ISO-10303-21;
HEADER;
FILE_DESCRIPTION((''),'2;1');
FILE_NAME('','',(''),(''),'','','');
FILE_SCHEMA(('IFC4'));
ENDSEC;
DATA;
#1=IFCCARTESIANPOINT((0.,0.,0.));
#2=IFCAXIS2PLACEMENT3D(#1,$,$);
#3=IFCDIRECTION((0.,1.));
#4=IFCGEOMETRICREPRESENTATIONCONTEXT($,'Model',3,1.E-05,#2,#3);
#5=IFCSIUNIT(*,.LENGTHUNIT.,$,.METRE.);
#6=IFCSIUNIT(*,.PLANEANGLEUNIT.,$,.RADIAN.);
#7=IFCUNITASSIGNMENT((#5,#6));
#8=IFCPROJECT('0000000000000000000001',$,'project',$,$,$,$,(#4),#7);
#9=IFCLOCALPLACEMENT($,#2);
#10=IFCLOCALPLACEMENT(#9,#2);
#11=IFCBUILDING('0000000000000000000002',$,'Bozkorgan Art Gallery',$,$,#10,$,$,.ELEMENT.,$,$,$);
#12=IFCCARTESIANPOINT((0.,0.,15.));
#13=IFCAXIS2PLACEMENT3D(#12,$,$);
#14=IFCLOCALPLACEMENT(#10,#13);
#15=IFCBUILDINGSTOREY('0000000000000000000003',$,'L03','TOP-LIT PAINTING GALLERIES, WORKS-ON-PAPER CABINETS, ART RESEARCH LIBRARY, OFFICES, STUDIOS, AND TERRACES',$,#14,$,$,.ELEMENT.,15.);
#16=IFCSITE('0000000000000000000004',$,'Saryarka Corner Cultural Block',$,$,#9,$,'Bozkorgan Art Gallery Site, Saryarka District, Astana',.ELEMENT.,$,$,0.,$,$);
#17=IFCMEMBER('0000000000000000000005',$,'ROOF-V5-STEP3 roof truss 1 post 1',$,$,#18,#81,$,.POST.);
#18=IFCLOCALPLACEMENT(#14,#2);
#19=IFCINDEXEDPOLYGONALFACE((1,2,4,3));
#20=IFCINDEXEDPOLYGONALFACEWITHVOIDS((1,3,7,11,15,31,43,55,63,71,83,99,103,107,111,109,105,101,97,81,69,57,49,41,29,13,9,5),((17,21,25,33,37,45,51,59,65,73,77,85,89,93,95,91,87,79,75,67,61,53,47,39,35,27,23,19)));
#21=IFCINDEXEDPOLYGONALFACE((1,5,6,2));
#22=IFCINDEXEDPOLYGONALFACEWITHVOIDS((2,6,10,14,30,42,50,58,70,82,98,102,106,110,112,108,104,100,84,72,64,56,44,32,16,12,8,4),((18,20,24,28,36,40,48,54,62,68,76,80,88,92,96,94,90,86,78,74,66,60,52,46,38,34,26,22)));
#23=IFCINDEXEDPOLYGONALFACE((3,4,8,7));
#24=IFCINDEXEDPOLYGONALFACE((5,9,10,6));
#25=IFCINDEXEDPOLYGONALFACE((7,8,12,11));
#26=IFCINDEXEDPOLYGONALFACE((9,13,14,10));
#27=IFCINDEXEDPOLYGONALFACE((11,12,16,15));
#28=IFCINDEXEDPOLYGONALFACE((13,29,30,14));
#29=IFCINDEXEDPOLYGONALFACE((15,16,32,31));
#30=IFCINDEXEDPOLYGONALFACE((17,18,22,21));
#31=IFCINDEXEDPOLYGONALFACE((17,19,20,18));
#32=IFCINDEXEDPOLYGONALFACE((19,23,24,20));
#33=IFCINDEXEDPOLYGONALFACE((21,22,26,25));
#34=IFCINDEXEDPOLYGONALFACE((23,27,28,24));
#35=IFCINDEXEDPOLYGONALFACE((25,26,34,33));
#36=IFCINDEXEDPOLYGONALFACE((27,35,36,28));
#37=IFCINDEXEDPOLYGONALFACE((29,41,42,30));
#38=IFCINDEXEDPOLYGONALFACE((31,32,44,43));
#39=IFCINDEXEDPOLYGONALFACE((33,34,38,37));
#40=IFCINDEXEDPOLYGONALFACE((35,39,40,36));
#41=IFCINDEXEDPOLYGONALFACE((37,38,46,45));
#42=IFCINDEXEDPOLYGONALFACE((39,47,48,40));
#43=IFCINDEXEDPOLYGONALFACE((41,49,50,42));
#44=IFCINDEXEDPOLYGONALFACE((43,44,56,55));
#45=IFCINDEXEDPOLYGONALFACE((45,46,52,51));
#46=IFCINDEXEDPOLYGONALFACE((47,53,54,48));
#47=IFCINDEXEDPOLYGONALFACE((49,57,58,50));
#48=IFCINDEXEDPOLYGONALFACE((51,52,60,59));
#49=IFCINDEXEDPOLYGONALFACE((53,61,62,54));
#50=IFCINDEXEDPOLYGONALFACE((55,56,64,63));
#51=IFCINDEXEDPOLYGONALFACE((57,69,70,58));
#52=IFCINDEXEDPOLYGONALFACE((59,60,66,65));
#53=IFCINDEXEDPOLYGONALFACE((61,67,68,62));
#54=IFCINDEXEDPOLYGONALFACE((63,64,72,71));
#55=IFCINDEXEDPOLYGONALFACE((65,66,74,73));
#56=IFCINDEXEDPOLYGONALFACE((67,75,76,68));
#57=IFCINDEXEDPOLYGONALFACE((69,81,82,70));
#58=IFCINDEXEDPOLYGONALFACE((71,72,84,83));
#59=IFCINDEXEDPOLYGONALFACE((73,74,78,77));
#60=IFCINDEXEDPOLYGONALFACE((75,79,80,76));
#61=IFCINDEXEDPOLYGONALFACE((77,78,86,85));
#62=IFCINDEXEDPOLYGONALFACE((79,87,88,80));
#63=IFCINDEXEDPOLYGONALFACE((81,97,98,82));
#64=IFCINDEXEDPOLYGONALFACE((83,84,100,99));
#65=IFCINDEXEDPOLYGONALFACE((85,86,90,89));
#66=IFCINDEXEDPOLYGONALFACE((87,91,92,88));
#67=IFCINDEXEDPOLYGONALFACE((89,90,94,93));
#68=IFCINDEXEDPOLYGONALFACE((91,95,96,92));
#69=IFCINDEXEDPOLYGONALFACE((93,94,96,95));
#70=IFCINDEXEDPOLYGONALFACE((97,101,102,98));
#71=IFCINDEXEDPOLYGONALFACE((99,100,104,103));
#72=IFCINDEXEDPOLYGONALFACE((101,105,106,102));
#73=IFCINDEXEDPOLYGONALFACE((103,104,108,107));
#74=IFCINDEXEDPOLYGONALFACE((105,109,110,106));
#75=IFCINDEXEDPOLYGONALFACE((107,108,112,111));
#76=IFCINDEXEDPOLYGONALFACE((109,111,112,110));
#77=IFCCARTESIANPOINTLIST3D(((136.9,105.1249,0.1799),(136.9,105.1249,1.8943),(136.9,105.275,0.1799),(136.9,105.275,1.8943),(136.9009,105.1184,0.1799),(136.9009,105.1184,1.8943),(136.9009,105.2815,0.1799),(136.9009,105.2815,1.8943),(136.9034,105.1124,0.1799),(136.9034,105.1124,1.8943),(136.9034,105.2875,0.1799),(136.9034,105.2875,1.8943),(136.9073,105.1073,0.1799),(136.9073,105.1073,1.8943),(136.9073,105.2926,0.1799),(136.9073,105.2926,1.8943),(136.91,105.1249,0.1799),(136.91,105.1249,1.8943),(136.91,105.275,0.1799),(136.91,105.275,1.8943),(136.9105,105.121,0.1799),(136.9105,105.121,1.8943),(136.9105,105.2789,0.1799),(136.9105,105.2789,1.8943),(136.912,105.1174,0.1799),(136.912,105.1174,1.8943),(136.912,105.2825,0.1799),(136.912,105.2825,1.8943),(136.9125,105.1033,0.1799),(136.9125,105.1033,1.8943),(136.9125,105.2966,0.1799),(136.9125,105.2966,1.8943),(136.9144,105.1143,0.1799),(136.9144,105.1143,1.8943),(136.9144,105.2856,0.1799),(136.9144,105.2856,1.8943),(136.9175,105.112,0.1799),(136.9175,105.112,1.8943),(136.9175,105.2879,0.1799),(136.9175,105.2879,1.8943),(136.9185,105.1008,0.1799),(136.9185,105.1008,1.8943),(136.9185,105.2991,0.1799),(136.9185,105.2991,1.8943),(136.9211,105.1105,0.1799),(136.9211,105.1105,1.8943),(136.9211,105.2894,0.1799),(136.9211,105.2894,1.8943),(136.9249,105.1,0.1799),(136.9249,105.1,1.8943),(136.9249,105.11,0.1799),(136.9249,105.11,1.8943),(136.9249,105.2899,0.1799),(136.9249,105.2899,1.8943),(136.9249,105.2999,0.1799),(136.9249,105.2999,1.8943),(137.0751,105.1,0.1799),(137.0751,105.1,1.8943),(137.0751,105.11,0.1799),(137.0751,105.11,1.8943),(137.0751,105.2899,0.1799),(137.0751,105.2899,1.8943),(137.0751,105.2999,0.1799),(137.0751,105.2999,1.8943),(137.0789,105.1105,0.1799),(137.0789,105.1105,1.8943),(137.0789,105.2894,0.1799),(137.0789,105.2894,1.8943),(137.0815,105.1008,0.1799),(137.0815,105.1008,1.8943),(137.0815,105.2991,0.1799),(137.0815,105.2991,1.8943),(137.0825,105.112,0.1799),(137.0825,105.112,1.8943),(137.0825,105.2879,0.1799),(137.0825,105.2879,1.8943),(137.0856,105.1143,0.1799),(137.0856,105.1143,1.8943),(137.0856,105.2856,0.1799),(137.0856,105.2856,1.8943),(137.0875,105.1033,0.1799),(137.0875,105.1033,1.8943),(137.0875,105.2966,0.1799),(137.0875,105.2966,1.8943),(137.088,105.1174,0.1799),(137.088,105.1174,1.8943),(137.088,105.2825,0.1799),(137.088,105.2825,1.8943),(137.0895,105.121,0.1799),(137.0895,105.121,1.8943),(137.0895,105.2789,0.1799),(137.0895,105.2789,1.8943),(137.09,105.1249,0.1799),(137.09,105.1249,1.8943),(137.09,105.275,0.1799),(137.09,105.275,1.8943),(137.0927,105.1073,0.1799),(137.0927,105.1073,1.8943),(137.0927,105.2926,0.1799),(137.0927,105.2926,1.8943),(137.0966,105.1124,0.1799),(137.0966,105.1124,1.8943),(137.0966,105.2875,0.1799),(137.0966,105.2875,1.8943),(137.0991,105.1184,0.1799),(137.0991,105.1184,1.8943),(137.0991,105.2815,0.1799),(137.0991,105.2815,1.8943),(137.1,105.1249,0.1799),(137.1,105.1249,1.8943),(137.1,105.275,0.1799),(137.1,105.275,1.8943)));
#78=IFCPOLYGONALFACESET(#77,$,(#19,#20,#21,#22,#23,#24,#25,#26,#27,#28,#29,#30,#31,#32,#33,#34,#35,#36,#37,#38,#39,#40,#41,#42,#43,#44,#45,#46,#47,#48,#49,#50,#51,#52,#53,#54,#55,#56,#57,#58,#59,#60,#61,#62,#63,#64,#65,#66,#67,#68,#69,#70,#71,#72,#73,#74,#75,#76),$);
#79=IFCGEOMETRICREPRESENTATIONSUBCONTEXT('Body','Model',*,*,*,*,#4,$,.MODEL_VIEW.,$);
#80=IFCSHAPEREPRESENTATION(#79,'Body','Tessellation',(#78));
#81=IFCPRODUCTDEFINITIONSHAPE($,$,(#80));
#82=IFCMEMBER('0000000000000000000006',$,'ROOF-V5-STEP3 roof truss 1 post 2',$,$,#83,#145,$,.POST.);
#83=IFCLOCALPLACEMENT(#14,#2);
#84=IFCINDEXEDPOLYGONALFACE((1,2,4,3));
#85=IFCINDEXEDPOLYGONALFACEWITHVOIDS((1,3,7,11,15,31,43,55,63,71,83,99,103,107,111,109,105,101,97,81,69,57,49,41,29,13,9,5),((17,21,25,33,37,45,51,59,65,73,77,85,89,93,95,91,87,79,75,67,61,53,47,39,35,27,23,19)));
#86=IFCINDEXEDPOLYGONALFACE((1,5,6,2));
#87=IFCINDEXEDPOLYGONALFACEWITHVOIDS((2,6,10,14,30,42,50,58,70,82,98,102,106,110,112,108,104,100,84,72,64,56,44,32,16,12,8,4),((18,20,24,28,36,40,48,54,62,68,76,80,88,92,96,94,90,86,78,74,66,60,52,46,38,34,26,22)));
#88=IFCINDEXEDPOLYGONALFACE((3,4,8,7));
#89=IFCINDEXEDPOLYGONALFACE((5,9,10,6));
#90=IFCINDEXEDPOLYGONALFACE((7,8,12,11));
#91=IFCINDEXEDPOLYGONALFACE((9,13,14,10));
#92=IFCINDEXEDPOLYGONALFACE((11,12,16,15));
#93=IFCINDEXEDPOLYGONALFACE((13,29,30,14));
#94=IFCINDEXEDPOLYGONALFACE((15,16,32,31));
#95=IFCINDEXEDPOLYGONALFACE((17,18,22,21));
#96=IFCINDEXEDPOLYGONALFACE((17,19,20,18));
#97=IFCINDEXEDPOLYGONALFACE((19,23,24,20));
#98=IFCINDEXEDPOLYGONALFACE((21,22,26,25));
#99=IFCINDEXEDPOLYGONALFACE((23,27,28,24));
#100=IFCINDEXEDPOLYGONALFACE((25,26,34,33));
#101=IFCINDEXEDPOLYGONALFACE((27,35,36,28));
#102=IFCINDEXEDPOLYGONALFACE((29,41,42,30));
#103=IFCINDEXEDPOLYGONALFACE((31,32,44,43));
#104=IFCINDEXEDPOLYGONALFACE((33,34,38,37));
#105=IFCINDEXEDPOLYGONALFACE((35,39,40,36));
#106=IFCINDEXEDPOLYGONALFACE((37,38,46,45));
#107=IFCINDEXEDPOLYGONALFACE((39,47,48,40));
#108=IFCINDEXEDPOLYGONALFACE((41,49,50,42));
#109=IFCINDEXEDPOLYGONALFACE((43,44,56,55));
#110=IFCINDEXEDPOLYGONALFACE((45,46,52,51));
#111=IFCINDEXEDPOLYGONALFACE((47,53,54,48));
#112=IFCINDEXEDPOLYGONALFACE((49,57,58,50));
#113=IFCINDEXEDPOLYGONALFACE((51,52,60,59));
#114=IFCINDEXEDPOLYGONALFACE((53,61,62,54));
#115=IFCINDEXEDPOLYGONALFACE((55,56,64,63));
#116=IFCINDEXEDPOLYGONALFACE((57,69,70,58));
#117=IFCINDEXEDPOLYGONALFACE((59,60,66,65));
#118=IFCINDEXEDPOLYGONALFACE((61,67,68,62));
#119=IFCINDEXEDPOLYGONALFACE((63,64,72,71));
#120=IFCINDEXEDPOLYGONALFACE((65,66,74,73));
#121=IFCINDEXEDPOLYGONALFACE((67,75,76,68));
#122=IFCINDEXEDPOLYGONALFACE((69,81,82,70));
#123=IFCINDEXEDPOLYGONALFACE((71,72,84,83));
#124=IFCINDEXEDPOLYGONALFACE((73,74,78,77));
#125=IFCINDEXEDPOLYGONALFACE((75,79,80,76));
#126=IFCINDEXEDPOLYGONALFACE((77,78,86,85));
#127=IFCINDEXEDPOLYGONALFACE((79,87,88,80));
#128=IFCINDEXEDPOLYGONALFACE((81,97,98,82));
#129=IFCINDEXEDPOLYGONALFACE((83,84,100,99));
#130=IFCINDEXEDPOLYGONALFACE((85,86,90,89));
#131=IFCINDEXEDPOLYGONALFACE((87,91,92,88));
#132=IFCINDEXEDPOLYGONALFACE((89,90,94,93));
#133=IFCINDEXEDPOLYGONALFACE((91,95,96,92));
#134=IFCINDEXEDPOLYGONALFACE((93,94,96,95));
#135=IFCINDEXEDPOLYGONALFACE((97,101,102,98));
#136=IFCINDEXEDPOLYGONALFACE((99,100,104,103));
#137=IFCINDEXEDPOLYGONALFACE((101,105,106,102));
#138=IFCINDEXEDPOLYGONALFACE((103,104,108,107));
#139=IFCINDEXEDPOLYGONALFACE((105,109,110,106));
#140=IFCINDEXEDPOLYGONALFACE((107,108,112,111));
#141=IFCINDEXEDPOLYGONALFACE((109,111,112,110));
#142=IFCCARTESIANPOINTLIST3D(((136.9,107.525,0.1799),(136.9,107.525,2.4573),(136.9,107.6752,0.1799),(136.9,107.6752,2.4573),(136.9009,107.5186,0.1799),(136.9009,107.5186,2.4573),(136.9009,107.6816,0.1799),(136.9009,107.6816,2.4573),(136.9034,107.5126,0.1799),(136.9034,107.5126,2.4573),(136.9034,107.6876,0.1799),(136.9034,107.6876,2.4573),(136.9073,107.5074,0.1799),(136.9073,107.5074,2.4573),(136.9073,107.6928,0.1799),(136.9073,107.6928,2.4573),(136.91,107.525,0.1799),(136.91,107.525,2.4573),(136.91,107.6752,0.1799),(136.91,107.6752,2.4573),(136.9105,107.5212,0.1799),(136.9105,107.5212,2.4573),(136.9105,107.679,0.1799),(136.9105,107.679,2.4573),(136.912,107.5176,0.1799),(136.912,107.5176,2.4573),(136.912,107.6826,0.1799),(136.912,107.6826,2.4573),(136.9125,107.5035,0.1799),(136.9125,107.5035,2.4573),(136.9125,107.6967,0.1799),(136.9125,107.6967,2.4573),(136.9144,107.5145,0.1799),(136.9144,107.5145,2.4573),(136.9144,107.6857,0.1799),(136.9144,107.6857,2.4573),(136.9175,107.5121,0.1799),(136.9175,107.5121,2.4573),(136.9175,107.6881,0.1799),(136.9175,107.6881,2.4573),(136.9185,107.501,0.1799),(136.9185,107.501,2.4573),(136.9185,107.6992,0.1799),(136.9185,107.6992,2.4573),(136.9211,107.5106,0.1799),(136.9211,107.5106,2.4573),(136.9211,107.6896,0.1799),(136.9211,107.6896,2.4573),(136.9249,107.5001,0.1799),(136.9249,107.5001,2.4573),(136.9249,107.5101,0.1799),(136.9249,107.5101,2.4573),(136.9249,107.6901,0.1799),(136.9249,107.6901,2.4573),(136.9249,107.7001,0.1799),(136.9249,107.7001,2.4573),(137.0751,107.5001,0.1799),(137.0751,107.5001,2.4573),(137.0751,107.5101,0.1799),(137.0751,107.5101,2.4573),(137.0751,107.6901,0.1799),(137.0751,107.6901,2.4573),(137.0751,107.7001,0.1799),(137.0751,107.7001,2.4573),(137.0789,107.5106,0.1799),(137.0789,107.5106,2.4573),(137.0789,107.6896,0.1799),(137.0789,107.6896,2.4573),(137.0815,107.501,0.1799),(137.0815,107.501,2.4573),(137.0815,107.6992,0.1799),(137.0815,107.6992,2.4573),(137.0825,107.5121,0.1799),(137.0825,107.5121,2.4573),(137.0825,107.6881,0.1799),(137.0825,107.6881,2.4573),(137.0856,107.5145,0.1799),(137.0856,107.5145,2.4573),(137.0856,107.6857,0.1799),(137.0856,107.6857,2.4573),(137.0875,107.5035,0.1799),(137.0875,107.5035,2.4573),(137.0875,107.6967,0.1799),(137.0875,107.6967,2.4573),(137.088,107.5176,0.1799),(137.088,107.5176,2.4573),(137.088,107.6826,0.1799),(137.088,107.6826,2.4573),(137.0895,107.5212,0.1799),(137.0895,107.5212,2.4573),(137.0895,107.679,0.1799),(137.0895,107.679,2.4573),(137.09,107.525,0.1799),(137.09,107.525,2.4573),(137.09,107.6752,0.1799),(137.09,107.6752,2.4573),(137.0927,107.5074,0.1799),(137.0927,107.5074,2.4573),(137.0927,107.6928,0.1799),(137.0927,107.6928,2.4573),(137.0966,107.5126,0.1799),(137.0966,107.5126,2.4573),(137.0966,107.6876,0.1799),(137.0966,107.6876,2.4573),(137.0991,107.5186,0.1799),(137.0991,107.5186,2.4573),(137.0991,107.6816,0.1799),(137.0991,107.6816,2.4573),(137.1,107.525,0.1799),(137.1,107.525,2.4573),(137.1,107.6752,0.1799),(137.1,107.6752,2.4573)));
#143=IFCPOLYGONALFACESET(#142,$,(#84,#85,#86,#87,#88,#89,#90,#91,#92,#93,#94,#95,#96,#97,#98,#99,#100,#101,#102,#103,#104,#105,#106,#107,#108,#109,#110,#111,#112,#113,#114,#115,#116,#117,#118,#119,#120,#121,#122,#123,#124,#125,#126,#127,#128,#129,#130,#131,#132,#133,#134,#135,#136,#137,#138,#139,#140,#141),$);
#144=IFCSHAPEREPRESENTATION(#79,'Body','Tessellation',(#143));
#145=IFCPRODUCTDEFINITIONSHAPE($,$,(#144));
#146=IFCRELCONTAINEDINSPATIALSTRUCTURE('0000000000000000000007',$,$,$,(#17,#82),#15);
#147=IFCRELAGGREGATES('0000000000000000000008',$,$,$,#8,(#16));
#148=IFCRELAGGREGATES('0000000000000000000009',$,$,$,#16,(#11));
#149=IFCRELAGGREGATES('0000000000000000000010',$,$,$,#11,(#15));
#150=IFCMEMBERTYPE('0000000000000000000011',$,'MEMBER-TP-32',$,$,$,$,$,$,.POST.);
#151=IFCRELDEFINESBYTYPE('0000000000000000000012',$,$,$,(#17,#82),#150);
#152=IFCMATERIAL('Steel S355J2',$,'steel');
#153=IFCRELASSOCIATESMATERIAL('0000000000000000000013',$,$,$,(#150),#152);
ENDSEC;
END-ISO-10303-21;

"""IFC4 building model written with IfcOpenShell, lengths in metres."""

from ifc_helpers import new_model, si_unit, direction, frame, origin, origin_2d, place, context, subcontext, project, spatial, hollow_rectangle, extrude, material, material_profile, profile_set, type_object, element, save


model = new_model("IFC4")

# Units and contexts
model_context = context("Model", 3, precision=1e-05, world=origin(), true_north=direction((0.0, 1.0)))
body_context = subcontext(model_context, "Body", "Model", "MODEL_VIEW")
ifc_project = project(units=[si_unit("LENGTHUNIT", "METRE"), si_unit("PLANEANGLEUNIT", "RADIAN")], contexts=[model_context])

# Site, building, storey
site_placement = place(None, origin())
site = spatial("IfcSite", under=ifc_project, at=site_placement, Name="Saryarka Corner Cultural Block", LongName="Bozkorgan Art Gallery Site, Saryarka District, Astana", CompositionType="ELEMENT", RefElevation=0.0)
building_placement = place(site_placement, origin())
building = spatial("IfcBuilding", under=site, at=building_placement, Name="Bozkorgan Art Gallery", CompositionType="ELEMENT")
storey_placement = place(building_placement, frame((0.0, 0.0, 15.0)))
storey = spatial("IfcBuildingStorey", under=building, at=storey_placement, Name="L03", Description="TOP-LIT PAINTING GALLERIES, WORKS-ON-PAPER CABINETS, ART RESEARCH LIBRARY, OFFICES, STUDIOS, AND TERRACES", CompositionType="ELEMENT", Elevation=15.0)

# Shared definitions
ifc_material_1 = material(Name="Steel S355J2", Category="steel")

# Members
ifc_material_profile_1 = material_profile(ifc_material_1, hollow_rectangle(XDim=0.2, YDim=0.2, WallThickness=0.01, InnerFilletRadius=0.0149, OuterFilletRadius=0.0249, at=origin_2d()), Name="SHS 200x200x10")
ifc_profile_set_1 = profile_set([ifc_material_profile_1], Name="Steel S355J2")
member_type_1 = type_object("IfcMemberType", Name="MEMBER-TP-32", PredefinedType="POST", material=ifc_profile_set_1)
member_1_placement = place(storey_placement, frame((137.0, 105.2, 0.1799), z_axis=(0.0, 0.0, 1.0), x_axis=(1.0, 0.0, 0.0)))
element("IfcMember", 1, at=member_1_placement, inside=storey, type_object=member_type_1, Name="ROOF-V5-STEP3 roof truss 1 post 1", PredefinedType="POST", context=body_context, shape_type="SweptSolid", body=[
    extrude(hollow_rectangle(XDim=0.2, YDim=0.2, WallThickness=0.01, InnerFilletRadius=0.0149, OuterFilletRadius=0.0249, at=origin_2d()), origin(), (0.0, 0.0, 1.0), 1.7144),
])
member_2_placement = place(storey_placement, frame((137.0, 107.6001, 0.1799), z_axis=(0.0, 0.0, 1.0), x_axis=(1.0, 0.0, 0.0)))
element("IfcMember", 2, at=member_2_placement, inside=storey, type_object=member_type_1, Name="ROOF-V5-STEP3 roof truss 1 post 2", PredefinedType="POST", context=body_context, shape_type="SweptSolid", body=[
    extrude(hollow_rectangle(XDim=0.2, YDim=0.2, WallThickness=0.01, InnerFilletRadius=0.0149, OuterFilletRadius=0.0249, at=origin_2d()), origin(), (0.0, 0.0, 1.0), 2.2773),
])

save(model, "model.ifc")
